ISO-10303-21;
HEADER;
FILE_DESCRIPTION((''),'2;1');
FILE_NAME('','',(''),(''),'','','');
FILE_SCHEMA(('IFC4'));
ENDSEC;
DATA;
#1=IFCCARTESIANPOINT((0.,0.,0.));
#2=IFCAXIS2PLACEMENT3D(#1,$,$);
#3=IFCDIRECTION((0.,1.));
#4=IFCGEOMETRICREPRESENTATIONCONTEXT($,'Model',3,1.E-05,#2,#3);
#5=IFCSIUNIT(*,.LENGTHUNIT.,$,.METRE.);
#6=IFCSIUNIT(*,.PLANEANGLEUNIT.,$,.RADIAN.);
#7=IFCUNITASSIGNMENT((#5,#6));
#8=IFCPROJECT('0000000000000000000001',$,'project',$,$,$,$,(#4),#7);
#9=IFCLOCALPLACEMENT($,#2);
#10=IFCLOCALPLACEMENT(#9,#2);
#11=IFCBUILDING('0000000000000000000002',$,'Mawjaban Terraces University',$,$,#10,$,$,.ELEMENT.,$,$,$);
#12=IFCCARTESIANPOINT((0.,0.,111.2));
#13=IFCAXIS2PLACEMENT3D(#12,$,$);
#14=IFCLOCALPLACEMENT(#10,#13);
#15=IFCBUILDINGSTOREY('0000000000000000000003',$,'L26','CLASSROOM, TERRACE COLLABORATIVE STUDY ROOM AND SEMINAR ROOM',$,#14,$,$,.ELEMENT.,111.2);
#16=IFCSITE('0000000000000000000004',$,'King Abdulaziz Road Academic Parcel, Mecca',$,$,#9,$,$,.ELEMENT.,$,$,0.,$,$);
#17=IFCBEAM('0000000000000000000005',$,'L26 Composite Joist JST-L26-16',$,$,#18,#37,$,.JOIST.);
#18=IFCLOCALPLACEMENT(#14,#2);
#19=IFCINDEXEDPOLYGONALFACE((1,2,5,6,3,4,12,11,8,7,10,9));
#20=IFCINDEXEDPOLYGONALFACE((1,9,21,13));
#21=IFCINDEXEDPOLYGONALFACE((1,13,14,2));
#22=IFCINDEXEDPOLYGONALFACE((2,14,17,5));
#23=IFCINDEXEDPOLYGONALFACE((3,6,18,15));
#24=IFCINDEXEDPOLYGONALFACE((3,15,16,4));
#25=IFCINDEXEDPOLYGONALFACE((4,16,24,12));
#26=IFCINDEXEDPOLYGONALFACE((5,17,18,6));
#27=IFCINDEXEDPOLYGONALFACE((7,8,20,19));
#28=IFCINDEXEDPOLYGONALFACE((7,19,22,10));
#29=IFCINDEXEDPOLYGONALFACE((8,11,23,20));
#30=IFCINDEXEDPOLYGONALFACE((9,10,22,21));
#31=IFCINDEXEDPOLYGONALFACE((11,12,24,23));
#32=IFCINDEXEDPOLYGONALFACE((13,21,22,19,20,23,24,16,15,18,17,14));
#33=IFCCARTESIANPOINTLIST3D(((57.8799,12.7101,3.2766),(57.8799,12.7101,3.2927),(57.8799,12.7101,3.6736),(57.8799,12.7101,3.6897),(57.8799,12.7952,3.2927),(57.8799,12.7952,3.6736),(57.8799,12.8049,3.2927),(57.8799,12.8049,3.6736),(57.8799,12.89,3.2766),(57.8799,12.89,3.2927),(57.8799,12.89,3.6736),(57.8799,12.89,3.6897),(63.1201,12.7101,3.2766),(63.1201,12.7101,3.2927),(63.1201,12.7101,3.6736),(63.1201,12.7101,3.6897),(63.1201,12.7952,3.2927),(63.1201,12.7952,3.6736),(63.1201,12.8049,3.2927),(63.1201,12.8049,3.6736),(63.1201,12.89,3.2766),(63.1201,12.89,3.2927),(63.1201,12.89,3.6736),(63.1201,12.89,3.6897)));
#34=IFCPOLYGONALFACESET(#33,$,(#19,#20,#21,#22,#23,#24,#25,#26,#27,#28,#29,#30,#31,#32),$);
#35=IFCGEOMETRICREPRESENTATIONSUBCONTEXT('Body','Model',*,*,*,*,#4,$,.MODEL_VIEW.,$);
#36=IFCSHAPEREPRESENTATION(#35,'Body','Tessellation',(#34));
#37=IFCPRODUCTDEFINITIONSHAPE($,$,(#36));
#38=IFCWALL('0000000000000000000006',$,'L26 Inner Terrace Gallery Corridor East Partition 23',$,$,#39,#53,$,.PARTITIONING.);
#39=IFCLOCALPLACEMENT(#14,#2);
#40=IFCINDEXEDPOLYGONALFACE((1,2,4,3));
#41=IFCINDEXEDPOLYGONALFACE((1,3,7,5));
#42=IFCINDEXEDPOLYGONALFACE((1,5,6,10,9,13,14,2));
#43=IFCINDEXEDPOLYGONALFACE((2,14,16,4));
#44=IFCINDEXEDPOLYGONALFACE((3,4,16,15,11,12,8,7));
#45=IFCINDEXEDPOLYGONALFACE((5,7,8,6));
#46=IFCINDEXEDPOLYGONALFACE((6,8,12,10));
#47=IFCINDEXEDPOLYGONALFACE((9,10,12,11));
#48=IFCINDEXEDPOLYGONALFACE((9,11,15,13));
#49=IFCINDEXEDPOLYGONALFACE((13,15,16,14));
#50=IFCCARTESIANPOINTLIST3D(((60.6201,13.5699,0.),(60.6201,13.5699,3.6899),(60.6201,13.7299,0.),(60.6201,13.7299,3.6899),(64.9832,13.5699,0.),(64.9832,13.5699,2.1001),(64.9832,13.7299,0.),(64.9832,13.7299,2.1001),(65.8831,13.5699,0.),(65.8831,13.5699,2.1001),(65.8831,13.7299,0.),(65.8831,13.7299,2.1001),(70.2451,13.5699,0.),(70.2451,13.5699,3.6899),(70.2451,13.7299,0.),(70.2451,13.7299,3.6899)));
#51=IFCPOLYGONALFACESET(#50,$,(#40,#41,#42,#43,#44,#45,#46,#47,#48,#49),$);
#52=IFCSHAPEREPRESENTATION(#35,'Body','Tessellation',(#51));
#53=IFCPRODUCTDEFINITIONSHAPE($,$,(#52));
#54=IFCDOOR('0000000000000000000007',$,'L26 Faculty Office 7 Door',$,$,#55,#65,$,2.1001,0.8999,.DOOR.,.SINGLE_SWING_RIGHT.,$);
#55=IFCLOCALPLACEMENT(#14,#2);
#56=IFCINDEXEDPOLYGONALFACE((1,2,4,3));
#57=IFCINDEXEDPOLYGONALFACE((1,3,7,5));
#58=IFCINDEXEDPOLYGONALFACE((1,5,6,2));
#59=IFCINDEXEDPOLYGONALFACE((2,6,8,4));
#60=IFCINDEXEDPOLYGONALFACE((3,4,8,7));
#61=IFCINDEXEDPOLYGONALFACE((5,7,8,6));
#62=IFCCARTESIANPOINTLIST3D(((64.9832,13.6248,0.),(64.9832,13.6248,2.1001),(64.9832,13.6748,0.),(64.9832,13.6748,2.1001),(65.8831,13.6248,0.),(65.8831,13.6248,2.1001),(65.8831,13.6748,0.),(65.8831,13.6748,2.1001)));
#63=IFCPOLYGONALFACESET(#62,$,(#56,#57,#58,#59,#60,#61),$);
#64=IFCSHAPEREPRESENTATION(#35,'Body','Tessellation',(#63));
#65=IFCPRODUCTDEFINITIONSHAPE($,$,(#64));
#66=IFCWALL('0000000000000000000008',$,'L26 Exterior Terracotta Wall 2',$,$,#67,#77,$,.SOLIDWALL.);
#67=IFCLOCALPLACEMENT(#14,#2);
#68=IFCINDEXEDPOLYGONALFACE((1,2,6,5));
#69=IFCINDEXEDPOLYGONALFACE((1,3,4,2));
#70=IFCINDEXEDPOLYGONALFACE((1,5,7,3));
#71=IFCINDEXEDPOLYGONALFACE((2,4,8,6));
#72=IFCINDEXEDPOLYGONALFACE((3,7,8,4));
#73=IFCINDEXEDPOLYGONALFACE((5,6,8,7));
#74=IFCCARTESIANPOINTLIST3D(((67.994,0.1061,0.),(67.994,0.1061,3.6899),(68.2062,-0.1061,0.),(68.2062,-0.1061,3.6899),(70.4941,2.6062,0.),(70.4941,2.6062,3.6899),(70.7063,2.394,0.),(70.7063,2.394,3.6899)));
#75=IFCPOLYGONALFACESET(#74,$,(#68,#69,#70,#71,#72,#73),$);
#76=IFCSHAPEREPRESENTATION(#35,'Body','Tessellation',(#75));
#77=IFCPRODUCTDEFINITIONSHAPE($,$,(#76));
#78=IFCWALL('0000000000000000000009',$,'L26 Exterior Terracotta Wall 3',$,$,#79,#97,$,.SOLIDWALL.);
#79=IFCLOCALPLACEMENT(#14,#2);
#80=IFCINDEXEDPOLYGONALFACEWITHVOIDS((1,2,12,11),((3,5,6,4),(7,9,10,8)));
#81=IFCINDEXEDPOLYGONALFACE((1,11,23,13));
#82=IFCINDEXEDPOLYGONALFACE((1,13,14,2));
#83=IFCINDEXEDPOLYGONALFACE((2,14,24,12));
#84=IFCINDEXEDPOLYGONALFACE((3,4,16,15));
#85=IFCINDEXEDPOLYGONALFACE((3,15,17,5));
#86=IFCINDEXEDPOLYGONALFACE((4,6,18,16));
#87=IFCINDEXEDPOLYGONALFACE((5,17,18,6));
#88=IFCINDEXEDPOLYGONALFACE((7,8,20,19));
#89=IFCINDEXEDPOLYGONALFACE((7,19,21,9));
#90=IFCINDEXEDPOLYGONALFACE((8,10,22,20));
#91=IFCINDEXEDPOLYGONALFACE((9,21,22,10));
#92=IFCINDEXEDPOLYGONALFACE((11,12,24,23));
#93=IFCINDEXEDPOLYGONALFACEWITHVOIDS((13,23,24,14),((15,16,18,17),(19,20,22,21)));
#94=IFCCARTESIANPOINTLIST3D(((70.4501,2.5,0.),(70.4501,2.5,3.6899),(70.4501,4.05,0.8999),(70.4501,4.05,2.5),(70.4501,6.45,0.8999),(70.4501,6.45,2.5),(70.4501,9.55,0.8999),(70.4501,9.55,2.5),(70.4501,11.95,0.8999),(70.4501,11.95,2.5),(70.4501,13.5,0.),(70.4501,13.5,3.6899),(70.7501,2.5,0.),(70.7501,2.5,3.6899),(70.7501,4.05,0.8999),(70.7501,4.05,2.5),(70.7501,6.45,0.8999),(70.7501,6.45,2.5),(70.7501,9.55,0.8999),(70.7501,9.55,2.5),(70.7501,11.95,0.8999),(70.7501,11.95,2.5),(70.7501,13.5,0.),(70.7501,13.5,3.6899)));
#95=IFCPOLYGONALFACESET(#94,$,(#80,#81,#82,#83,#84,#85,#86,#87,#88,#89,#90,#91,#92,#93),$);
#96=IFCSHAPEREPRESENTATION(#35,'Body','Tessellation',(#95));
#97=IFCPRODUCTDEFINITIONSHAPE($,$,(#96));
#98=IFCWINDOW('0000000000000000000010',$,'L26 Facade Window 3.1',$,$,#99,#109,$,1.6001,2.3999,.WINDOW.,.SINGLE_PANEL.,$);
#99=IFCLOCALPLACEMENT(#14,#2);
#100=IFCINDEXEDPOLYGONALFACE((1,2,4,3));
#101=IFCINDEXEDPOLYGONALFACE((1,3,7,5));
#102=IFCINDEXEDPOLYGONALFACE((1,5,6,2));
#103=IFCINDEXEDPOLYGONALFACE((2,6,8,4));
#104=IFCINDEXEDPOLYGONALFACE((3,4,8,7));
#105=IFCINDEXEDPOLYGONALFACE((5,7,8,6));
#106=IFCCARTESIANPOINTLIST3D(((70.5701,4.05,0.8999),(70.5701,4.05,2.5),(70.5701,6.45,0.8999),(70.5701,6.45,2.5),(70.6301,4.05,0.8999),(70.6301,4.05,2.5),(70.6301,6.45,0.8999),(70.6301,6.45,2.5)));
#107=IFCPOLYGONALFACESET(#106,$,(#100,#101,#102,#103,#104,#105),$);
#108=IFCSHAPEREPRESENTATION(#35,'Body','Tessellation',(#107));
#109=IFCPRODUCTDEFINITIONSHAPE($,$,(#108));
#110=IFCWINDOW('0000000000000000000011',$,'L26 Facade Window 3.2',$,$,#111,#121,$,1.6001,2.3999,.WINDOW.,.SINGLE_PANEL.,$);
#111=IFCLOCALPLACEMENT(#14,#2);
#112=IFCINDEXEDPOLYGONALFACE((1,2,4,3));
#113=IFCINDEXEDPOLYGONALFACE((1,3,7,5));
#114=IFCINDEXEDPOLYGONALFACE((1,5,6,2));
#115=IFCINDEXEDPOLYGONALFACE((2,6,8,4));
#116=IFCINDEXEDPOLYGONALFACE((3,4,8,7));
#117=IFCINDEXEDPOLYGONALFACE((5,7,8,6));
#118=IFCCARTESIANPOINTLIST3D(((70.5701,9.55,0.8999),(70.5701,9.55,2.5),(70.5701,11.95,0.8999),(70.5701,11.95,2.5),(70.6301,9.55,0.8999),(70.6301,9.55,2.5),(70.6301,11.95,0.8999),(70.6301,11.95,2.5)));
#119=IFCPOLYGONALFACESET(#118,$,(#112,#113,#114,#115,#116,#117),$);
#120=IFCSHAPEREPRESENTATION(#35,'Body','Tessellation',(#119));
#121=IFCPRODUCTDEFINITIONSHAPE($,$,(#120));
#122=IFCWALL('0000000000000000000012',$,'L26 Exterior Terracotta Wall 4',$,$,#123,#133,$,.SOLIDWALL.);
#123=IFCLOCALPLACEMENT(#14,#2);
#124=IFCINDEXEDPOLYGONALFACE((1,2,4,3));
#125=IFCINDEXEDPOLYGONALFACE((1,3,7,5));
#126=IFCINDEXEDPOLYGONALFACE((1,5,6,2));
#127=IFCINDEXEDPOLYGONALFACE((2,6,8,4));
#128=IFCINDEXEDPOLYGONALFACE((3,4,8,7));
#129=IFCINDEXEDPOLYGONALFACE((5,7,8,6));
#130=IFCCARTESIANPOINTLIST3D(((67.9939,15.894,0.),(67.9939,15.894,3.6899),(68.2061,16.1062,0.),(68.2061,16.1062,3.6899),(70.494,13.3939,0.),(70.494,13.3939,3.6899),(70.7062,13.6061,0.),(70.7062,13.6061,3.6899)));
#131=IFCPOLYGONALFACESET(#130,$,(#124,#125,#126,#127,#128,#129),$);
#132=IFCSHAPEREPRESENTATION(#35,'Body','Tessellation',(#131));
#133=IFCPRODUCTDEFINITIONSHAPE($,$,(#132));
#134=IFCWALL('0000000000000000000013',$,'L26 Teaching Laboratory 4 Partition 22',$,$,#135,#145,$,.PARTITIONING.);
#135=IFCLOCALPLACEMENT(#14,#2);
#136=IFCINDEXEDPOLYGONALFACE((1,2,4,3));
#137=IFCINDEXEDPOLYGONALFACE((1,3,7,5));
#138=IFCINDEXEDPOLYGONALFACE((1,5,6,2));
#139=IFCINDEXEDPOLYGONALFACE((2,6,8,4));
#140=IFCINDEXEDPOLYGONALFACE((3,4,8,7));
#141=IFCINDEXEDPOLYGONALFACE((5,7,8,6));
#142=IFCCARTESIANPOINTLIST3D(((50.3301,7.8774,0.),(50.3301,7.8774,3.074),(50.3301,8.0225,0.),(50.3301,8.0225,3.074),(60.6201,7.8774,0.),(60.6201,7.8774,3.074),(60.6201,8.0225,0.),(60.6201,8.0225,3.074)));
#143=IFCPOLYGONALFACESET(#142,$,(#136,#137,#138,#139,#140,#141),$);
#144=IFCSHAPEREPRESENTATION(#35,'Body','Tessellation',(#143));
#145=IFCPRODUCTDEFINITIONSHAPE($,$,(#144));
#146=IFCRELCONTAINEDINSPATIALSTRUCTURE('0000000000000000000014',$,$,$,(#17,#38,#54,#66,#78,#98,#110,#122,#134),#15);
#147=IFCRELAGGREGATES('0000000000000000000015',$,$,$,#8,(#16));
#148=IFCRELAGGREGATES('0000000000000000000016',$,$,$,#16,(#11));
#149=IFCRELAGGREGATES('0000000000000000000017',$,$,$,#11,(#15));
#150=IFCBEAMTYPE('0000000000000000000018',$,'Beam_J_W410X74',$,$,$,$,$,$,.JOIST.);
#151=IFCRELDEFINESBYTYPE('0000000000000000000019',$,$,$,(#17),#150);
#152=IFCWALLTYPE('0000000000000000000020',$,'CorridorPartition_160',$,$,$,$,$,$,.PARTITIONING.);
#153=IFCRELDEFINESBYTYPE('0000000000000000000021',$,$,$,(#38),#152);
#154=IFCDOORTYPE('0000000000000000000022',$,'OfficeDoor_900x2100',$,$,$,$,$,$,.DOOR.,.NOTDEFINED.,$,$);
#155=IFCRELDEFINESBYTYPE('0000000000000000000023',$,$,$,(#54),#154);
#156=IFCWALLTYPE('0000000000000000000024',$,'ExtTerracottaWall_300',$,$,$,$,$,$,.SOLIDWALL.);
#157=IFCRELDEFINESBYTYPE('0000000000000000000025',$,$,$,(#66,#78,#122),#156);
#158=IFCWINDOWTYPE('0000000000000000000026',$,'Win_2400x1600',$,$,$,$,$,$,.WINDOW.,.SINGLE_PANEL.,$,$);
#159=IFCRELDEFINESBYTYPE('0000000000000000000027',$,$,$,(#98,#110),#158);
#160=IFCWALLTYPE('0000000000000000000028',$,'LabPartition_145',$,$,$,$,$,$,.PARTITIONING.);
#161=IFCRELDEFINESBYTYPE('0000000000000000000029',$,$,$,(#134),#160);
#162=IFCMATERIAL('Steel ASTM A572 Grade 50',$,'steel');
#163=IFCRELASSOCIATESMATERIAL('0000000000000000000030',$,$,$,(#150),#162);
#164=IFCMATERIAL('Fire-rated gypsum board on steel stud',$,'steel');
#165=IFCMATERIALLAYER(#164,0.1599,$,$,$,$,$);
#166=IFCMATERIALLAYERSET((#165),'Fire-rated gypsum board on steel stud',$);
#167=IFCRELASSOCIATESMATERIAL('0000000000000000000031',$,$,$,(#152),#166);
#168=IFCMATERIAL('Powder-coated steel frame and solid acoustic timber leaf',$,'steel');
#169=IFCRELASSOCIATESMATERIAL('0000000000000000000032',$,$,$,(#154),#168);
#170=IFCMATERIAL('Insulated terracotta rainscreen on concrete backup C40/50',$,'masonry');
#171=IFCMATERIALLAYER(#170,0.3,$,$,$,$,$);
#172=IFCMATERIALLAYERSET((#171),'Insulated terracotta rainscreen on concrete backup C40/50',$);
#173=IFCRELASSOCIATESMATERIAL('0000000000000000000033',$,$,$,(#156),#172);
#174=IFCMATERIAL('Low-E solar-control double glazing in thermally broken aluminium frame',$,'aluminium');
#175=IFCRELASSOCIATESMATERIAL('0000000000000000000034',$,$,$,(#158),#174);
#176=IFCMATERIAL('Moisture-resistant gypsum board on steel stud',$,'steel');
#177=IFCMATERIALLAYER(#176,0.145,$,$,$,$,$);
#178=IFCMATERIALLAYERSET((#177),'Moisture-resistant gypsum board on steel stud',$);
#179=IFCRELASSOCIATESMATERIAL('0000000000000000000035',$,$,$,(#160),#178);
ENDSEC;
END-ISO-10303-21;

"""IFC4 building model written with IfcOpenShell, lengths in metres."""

from ifc_helpers import new_model, si_unit, direction, frame, frame_2d, origin, origin_2d, place, context, subcontext, project, spatial, rectangle, i_section, extrude, material, layer, layer_set, material_profile, profile_set, type_object, element, fill, save


model = new_model("IFC4")

# Units and contexts
model_context = context("Model", 3, precision=1e-05, world=origin(), true_north=direction((0.0, 1.0)))
body_context = subcontext(model_context, "Body", "Model", "MODEL_VIEW")
ifc_project = project(units=[si_unit("LENGTHUNIT", "METRE"), si_unit("PLANEANGLEUNIT", "RADIAN")], contexts=[model_context])

# Site, building, storey
site_placement = place(None, origin())
site = spatial("IfcSite", under=ifc_project, at=site_placement, Name="King Abdulaziz Road Academic Parcel, Mecca", CompositionType="ELEMENT", RefElevation=0.0)
building_placement = place(site_placement, origin())
building = spatial("IfcBuilding", under=site, at=building_placement, Name="Mawjaban Terraces University", CompositionType="ELEMENT")
storey_placement = place(building_placement, frame((0.0, 0.0, 111.2)))
storey = spatial("IfcBuildingStorey", under=building, at=storey_placement, Name="L26", Description="CLASSROOM, TERRACE COLLABORATIVE STUDY ROOM AND SEMINAR ROOM", CompositionType="ELEMENT", Elevation=111.2)

# Beam
ifc_material_1 = material(Name="Steel ASTM A572 Grade 50", Category="steel")
ifc_material_profile_1 = material_profile(ifc_material_1, i_section(OverallWidth=0.1799, OverallDepth=0.4131, WebThickness=0.0098, FlangeThickness=0.0161, at=origin_2d()), Name="W410X74")
ifc_profile_set_1 = profile_set([ifc_material_profile_1], Name="Steel ASTM A572 Grade 50")
beam_type_1 = type_object("IfcBeamType", Name="Beam_J_W410X74", PredefinedType="JOIST", material=ifc_profile_set_1)
for number, where, z_axis, x_axis, name in (
    (1, (57.8799, 12.8, 3.4832), (1.0, 0.0, 0.0), (0.0, 1.0, 0.0), "L26 Composite Joist JST-L26-16"),
):
    element("IfcBeam", number, at=place(storey_placement, frame(where, z_axis=z_axis, x_axis=x_axis)), inside=storey, type_object=beam_type_1, Name=name, PredefinedType="JOIST", context=body_context, shape_type="SweptSolid", body=[
        extrude(i_section(OverallWidth=0.1799, OverallDepth=0.4131, WebThickness=0.0098, FlangeThickness=0.0161, at=origin_2d()), origin(), (0.0, 0.0, 1.0), 5.2402),
    ])

# Wall, opening, door
ifc_material_2 = material(Name="Fire-rated gypsum board on steel stud", Category="steel")
ifc_layer_1 = layer(ifc_material_2, 0.1599)
ifc_layer_set_1 = layer_set([ifc_layer_1], Name="Fire-rated gypsum board on steel stud")
wall_type_1 = type_object("IfcWallType", Name="CorridorPartition_160", PredefinedType="PARTITIONING", material=ifc_layer_set_1)
wall_1_placement = place(storey_placement, frame((60.6201, 13.6499, 0.0), z_axis=(0.0, 0.0, 1.0), x_axis=(1.0, 0.0, 0.0)))
wall_1 = element("IfcWall", 2, at=wall_1_placement, inside=storey, type_object=wall_type_1, Name="L26 Inner Terrace Gallery Corridor East Partition 23", PredefinedType="PARTITIONING", context=body_context, shape_type="SweptSolid", body=[
    extrude(rectangle(XDim=9.625, YDim=0.1599, at=frame_2d((4.8125, 0.0))), origin(), (0.0, 0.0, 1.0), 3.6899),
])
opening_1_placement = place(wall_1_placement, frame((4.363, 0.0, 0.0)))
opening_1 = element("IfcOpeningElement", 3, at=opening_1_placement, cuts=wall_1, PredefinedType="OPENING", context=body_context, shape_type="SweptSolid", body=[
    extrude(rectangle(XDim=0.8999, YDim=2.1001, at=frame_2d((0.45, 1.05))), frame((0.0, 0.0898, 0.0), z_axis=(0.0, -1.0, 0.0), x_axis=(1.0, 0.0, 0.0)), (0.0, 0.0, 1.0), 0.1799),
])
ifc_material_3 = material(Name="Powder-coated steel frame and solid acoustic timber leaf", Category="steel")
door_type_1 = type_object("IfcDoorType", Name="OfficeDoor_900x2100", OperationType="NOTDEFINED", PredefinedType="DOOR", material=ifc_material_3)
door_1_placement = place(opening_1_placement, origin())
door_1 = element("IfcDoor", 4, at=door_1_placement, inside=storey, type_object=door_type_1, Name="L26 Faculty Office 7 Door", OperationType="SINGLE_SWING_RIGHT", OverallHeight=2.1001, OverallWidth=0.8999, PredefinedType="DOOR", context=body_context, shape_type="SweptSolid", body=[
    extrude(rectangle(XDim=0.8999, YDim=2.1001, at=frame_2d((0.45, 1.05))), frame((0.0, 0.0249, 0.0), z_axis=(0.0, -1.0, 0.0), x_axis=(1.0, 0.0, 0.0)), (0.0, 0.0, 1.0), 0.05),
])
fill(opening_1, door_1)

# Wall
ifc_material_4 = material(Name="Insulated terracotta rainscreen on concrete backup C40/50", Category="masonry")
ifc_layer_2 = layer(ifc_material_4, 0.3)
ifc_layer_set_2 = layer_set([ifc_layer_2], Name="Insulated terracotta rainscreen on concrete backup C40/50")
wall_type_2 = type_object("IfcWallType", Name="ExtTerracottaWall_300", PredefinedType="SOLIDWALL", material=ifc_layer_set_2)
wall_2_placement = place(storey_placement, frame((68.1001, 0.0, 0.0), z_axis=(0.0, 0.0, 1.0), x_axis=(0.707107, 0.707107, 0.0)))
element("IfcWall", 5, at=wall_2_placement, inside=storey, type_object=wall_type_2, Name="L26 Exterior Terracotta Wall 2", PredefinedType="SOLIDWALL", context=body_context, shape_type="SweptSolid", body=[
    extrude(rectangle(XDim=3.5356, YDim=0.3, at=frame_2d((1.7678, 0.0))), origin(), (0.0, 0.0, 1.0), 3.6899),
])

# Wall, openings, windows
wall_3_placement = place(storey_placement, frame((70.6001, 2.5, 0.0), z_axis=(0.0, 0.0, 1.0), x_axis=(0.0, 1.0, 0.0)))
wall_3 = element("IfcWall", 6, at=wall_3_placement, inside=storey, type_object=wall_type_2, Name="L26 Exterior Terracotta Wall 3", PredefinedType="SOLIDWALL", context=body_context, shape_type="SweptSolid", body=[
    extrude(rectangle(XDim=11.0, YDim=0.3, at=frame_2d((5.5, 0.0))), origin(), (0.0, 0.0, 1.0), 3.6899),
])
opening_2_placement = place(wall_3_placement, frame((1.55, 0.0, 0.8999)))
opening_2 = element("IfcOpeningElement", 7, at=opening_2_placement, cuts=wall_3, PredefinedType="OPENING", context=body_context, shape_type="SweptSolid", body=[
    extrude(rectangle(XDim=2.3999, YDim=1.6001, at=frame_2d((1.2, 0.8))), frame((0.0, 0.1599, 0.0), z_axis=(0.0, -1.0, 0.0), x_axis=(1.0, 0.0, 0.0)), (0.0, 0.0, 1.0), 0.3201),
])
opening_3_placement = place(wall_3_placement, frame((7.05, 0.0, 0.8999)))
opening_3 = element("IfcOpeningElement", 8, at=opening_3_placement, cuts=wall_3, PredefinedType="OPENING", context=body_context, shape_type="SweptSolid", body=[
    extrude(rectangle(XDim=2.3999, YDim=1.6001, at=frame_2d((1.2, 0.8))), frame((0.0, 0.1599, 0.0), z_axis=(0.0, -1.0, 0.0), x_axis=(1.0, 0.0, 0.0)), (0.0, 0.0, 1.0), 0.3201),
])
ifc_material_5 = material(Name="Low-E solar-control double glazing in thermally broken aluminium frame", Category="aluminium")
window_type = type_object("IfcWindowType", Name="Win_2400x1600", PartitioningType="SINGLE_PANEL", PredefinedType="WINDOW", material=ifc_material_5)
window_1_placement = place(opening_2_placement, origin())
window_1 = element("IfcWindow", 9, at=window_1_placement, inside=storey, type_object=window_type, Name="L26 Facade Window 3.1", OverallHeight=1.6001, OverallWidth=2.3999, PartitioningType="SINGLE_PANEL", PredefinedType="WINDOW", context=body_context, shape_type="SweptSolid", body=[
    extrude(rectangle(XDim=2.3999, YDim=1.6001, at=frame_2d((1.2, 0.8))), frame((0.0, 0.03, 0.0), z_axis=(0.0, -1.0, 0.0), x_axis=(1.0, 0.0, 0.0)), (0.0, 0.0, 1.0), 0.0601),
])
fill(opening_2, window_1)
window_2_placement = place(opening_3_placement, origin())
window_2 = element("IfcWindow", 10, at=window_2_placement, inside=storey, type_object=window_type, Name="L26 Facade Window 3.2", OverallHeight=1.6001, OverallWidth=2.3999, PartitioningType="SINGLE_PANEL", PredefinedType="WINDOW", context=body_context, shape_type="SweptSolid", body=[
    extrude(rectangle(XDim=2.3999, YDim=1.6001, at=frame_2d((1.2, 0.8))), frame((0.0, 0.03, 0.0), z_axis=(0.0, -1.0, 0.0), x_axis=(1.0, 0.0, 0.0)), (0.0, 0.0, 1.0), 0.0601),
])
fill(opening_3, window_2)

# Walls
wall_4_placement = place(storey_placement, frame((70.6001, 13.5, 0.0), z_axis=(0.0, 0.0, 1.0), x_axis=(-0.707107, 0.707107, 0.0)))
element("IfcWall", 11, at=wall_4_placement, inside=storey, type_object=wall_type_2, Name="L26 Exterior Terracotta Wall 4", PredefinedType="SOLIDWALL", context=body_context, shape_type="SweptSolid", body=[
    extrude(rectangle(XDim=3.5356, YDim=0.3, at=frame_2d((1.7678, 0.0))), origin(), (0.0, 0.0, 1.0), 3.6899),
])
ifc_material_6 = material(Name="Moisture-resistant gypsum board on steel stud", Category="steel")
ifc_layer_3 = layer(ifc_material_6, 0.145)
ifc_layer_set_3 = layer_set([ifc_layer_3], Name="Moisture-resistant gypsum board on steel stud")
wall_type_3 = type_object("IfcWallType", Name="LabPartition_145", PredefinedType="PARTITIONING", material=ifc_layer_set_3)
wall_5_placement = place(storey_placement, frame((60.6201, 7.95, 0.0), z_axis=(0.0, 0.0, 1.0), x_axis=(-1.0, 0.0, 0.0)))
element("IfcWall", 12, at=wall_5_placement, inside=storey, type_object=wall_type_3, Name="L26 Teaching Laboratory 4 Partition 22", PredefinedType="PARTITIONING", context=body_context, shape_type="SweptSolid", body=[
    extrude(rectangle(XDim=10.29, YDim=0.145, at=frame_2d((5.145, 0.0))), origin(), (0.0, 0.0, 1.0), 3.074),
])

save(model, "model.ifc")
